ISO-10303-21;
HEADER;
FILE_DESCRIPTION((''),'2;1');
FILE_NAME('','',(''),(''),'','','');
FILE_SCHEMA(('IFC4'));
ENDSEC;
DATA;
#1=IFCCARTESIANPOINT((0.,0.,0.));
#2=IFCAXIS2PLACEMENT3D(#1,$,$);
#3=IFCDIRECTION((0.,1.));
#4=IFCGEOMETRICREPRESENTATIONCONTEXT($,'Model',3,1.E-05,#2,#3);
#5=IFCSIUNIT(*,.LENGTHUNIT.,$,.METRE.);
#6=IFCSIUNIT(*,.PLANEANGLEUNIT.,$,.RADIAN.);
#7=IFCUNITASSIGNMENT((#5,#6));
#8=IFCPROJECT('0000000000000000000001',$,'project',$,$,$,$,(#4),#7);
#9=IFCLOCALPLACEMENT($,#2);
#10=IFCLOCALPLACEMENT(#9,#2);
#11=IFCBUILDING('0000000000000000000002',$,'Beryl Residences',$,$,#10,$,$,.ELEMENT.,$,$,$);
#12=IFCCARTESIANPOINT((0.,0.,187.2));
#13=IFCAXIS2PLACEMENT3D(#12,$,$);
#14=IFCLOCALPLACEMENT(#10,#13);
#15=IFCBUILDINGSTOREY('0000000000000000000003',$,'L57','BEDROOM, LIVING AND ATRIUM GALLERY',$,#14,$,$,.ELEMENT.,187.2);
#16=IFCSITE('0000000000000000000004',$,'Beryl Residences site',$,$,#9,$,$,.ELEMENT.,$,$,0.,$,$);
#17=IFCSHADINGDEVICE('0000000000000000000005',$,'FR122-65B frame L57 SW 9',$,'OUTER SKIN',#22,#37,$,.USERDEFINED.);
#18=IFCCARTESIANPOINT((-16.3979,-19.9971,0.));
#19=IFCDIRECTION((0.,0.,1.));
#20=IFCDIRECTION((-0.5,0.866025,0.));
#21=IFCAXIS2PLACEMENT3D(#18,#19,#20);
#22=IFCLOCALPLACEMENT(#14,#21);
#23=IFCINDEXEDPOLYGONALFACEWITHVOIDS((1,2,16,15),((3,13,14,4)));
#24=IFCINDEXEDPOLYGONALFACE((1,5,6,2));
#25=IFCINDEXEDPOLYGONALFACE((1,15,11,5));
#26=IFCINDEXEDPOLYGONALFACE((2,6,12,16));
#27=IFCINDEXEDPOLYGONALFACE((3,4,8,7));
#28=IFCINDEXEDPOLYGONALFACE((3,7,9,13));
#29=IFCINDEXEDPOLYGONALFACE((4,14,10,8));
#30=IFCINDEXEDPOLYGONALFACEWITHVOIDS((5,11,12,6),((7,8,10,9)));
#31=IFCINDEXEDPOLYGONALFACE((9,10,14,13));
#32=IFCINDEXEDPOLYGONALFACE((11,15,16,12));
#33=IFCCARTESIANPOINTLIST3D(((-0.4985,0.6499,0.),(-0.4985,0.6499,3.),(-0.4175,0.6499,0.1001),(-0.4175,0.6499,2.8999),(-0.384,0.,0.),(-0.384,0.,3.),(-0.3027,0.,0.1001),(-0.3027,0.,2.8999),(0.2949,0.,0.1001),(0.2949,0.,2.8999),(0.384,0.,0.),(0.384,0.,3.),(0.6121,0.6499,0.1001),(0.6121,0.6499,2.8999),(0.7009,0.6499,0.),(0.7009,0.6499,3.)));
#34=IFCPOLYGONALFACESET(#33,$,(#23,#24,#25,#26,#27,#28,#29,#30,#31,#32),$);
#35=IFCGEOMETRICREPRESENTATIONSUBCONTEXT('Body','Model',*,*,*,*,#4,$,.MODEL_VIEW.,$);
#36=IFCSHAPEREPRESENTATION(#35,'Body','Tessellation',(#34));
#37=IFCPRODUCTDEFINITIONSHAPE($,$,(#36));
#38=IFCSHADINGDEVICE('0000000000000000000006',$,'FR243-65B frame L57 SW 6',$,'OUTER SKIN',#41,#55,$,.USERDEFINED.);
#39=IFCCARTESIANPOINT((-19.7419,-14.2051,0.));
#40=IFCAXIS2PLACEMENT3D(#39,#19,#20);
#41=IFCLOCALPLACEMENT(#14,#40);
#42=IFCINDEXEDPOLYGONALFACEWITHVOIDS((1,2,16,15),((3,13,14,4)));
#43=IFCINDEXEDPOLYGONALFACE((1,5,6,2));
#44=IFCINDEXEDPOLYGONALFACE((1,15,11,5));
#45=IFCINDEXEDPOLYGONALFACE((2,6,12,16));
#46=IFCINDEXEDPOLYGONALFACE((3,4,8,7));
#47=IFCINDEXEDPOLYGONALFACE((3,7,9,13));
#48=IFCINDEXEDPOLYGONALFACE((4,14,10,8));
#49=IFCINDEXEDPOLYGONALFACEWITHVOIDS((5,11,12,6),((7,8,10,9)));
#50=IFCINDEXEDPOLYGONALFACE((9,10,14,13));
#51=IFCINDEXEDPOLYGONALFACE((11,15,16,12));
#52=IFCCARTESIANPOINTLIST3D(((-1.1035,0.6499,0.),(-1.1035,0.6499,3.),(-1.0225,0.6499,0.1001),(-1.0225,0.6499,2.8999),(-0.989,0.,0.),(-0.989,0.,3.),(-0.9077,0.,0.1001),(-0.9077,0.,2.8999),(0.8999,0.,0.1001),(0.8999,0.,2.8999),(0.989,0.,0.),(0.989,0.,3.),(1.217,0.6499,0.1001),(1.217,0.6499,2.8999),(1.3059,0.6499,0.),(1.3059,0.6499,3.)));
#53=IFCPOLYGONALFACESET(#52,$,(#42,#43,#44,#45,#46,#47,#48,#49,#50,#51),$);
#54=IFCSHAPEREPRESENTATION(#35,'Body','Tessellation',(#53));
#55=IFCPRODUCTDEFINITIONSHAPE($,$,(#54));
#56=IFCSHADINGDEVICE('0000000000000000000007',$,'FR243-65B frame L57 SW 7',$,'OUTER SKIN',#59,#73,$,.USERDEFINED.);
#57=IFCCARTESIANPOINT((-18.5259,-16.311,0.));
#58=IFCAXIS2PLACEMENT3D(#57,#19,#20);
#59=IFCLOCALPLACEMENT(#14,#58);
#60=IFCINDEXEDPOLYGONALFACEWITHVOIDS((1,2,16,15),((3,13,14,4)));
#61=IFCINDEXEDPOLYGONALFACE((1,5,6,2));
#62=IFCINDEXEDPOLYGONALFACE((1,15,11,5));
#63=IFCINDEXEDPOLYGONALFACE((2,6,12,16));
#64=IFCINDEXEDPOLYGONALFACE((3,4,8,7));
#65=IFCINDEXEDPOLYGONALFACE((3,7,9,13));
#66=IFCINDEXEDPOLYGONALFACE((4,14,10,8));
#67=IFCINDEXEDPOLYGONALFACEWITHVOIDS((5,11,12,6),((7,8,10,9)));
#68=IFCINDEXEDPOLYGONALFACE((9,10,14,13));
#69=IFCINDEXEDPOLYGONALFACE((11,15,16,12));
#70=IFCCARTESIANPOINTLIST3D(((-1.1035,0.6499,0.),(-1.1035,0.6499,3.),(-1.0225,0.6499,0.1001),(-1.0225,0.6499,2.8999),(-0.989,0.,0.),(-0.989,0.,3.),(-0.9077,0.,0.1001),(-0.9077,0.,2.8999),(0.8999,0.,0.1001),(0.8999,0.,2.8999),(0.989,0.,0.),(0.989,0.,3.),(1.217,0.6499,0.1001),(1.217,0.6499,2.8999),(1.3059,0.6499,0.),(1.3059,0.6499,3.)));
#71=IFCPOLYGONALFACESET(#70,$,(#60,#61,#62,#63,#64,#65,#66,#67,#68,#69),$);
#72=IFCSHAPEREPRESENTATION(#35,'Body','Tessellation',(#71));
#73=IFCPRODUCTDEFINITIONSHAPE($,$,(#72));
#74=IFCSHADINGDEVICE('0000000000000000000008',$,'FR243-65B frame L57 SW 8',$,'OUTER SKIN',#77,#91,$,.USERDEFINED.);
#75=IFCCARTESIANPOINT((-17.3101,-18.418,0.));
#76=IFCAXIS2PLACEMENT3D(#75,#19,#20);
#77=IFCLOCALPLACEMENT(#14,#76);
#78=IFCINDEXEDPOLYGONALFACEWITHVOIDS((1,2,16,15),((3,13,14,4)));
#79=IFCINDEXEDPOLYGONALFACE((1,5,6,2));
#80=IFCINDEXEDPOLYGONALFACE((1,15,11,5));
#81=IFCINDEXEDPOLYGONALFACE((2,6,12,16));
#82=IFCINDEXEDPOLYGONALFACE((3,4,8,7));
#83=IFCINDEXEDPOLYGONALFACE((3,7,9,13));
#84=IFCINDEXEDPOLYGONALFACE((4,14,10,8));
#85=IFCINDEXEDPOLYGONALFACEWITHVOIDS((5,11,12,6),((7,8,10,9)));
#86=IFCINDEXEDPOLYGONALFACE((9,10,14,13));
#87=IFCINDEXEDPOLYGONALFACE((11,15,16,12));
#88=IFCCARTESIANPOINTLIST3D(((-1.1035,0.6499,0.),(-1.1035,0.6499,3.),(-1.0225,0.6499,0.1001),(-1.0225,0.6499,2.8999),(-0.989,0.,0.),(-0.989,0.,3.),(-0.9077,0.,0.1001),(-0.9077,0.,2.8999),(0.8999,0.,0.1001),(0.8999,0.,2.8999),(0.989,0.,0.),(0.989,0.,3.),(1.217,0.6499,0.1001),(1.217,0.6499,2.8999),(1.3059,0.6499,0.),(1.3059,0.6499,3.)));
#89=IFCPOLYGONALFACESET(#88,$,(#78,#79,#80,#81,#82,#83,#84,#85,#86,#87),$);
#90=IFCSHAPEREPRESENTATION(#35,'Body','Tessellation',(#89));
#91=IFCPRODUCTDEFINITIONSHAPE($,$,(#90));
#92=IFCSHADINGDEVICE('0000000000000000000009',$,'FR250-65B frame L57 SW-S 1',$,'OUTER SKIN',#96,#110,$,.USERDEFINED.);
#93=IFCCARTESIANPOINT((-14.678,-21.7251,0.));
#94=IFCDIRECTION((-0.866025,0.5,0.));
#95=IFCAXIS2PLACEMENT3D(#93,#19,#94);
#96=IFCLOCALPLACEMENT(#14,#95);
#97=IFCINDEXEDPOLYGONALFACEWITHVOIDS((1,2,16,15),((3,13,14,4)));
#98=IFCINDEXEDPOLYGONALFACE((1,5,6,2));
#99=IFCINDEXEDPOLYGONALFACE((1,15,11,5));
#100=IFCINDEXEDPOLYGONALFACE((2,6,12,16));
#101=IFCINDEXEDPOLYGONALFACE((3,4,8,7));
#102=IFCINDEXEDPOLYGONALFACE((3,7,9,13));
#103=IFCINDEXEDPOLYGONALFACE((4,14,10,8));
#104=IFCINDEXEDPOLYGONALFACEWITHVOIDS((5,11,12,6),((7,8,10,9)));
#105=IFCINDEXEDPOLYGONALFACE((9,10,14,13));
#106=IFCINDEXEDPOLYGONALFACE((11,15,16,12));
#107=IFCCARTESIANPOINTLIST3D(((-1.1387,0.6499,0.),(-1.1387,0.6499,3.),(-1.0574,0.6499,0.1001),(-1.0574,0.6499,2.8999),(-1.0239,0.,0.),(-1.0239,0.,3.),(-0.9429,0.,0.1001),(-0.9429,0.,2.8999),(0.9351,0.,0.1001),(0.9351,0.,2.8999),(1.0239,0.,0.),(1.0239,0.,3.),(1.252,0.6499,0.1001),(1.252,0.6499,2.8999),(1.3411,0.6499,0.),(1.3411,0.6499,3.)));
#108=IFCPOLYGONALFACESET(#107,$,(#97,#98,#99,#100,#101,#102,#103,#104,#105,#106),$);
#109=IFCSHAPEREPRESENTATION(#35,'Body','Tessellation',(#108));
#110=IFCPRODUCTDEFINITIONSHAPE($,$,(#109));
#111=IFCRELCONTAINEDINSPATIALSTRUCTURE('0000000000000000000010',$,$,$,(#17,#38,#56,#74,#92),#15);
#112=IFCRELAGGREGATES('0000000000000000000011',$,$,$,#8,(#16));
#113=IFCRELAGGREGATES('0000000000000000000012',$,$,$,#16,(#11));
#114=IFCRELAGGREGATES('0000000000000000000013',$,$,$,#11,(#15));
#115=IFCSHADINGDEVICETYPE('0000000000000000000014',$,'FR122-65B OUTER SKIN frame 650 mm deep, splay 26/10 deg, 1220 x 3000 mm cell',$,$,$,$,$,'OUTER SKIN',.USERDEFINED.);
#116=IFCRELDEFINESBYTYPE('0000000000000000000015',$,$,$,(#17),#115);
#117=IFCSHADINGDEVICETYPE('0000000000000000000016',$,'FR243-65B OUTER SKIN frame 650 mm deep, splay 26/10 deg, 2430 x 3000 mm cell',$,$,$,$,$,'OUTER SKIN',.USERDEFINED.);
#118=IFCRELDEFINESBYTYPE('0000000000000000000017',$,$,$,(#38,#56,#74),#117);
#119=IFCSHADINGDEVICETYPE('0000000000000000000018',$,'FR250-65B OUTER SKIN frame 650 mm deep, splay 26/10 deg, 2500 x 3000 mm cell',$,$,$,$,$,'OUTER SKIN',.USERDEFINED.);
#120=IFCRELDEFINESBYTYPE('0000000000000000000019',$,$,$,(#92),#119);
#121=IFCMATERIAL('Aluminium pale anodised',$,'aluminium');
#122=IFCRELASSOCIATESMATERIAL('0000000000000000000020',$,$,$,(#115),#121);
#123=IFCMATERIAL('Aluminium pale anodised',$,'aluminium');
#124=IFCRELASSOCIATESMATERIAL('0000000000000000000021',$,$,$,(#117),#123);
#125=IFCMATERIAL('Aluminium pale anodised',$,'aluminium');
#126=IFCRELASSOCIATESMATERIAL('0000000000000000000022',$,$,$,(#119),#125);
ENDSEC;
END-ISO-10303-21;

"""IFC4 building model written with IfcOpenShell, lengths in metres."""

from ifc_helpers import new_model, entity, si_unit, direction, frame, origin, place, context, subcontext, project, spatial, source, transform, mapped, material, type_object, type_shapes, element, save


model = new_model("IFC4")

# Units and contexts
model_context = context("Model", 3, precision=1e-05, world=origin(), true_north=direction((0.0, 1.0)))
body_context = subcontext(model_context, "Body", "Model", "MODEL_VIEW")
ifc_project = project(units=[si_unit("LENGTHUNIT", "METRE"), si_unit("PLANEANGLEUNIT", "RADIAN")], contexts=[model_context])

# Site, building, storey
site_placement = place(None, origin())
site = spatial("IfcSite", under=ifc_project, at=site_placement, Name="Beryl Residences site", CompositionType="ELEMENT", RefElevation=0.0)
building_placement = place(site_placement, origin())
building = spatial("IfcBuilding", under=site, at=building_placement, Name="Beryl Residences", CompositionType="ELEMENT")
storey_placement = place(building_placement, frame((0.0, 0.0, 187.2)))
storey = spatial("IfcBuildingStorey", under=building, at=storey_placement, Name="L57", Description="BEDROOM, LIVING AND ATRIUM GALLERY", CompositionType="ELEMENT", Elevation=187.2)

# Shading devices
ifc_material_1 = material(Name="Aluminium pale anodised", Category="aluminium")
shading_device_type_1 = type_object("IfcShadingDeviceType", Name="FR122-65B OUTER SKIN frame 650 mm deep, splay 26/10 deg, 1220 x 3000 mm cell", ElementType="OUTER SKIN", PredefinedType="USERDEFINED", material=ifc_material_1)
cartesian_point_1 = entity("IfcCartesianPoint", [-0.384, 0.0])
cartesian_point_2 = entity("IfcCartesianPoint", [-0.2949, 0.1001])
cartesian_point_3 = entity("IfcCartesianPoint", [-0.7009, 0.0])
cartesian_point_4 = entity("IfcCartesianPoint", [-0.6121, 0.1001])
shared_shape_1 = source(origin(), body_context, "Body", "SweptSolid", [
    entity("IfcExtrudedAreaSolidTapered", entity("IfcArbitraryProfileDefWithVoids", "AREA", None, entity("IfcPolyline", [cartesian_point_1, entity("IfcCartesianPoint", [0.384, 0.0]), entity("IfcCartesianPoint", [0.384, 3.0]), entity("IfcCartesianPoint", [-0.384, 3.0]), cartesian_point_1]), [entity("IfcPolyline", [cartesian_point_2, entity("IfcCartesianPoint", [0.3027, 0.1001]), entity("IfcCartesianPoint", [0.3027, 2.8999]), entity("IfcCartesianPoint", [-0.2949, 2.8999]), cartesian_point_2])]), entity("IfcAxis2Placement3D", entity("IfcCartesianPoint", [0.0, 0.0, 0.0]), entity("IfcDirection", [0.0, 1.0, 0.0]), entity("IfcDirection", [-1.0, 0.0, 0.0])), entity("IfcDirection", [0.0, 0.0, 1.0]), 0.6499, entity("IfcArbitraryProfileDefWithVoids", "AREA", None, entity("IfcPolyline", [cartesian_point_3, entity("IfcCartesianPoint", [0.4985, 0.0]), entity("IfcCartesianPoint", [0.4985, 3.0]), entity("IfcCartesianPoint", [-0.7009, 3.0]), cartesian_point_3]), [entity("IfcPolyline", [cartesian_point_4, entity("IfcCartesianPoint", [0.4175, 0.1001]), entity("IfcCartesianPoint", [0.4175, 2.8999]), entity("IfcCartesianPoint", [-0.6121, 2.8999]), cartesian_point_4])])),
])
type_shapes(shading_device_type_1, [shared_shape_1])
shading_device_1_placement = place(storey_placement, frame((-16.3979, -19.9971, 0.0), z_axis=(0.0, 0.0, 1.0), x_axis=(-0.5, 0.866025, 0.0)))
element("IfcShadingDevice", 1, at=shading_device_1_placement, inside=storey, type_object=shading_device_type_1, Name="FR122-65B frame L57 SW 9", ObjectType="OUTER SKIN", PredefinedType="USERDEFINED", context=body_context, shape_type="MappedRepresentation", body=[
    mapped(shared_shape_1, transform((0.0, 0.0, 0.0))),
])
ifc_material_2 = material(Name="Aluminium pale anodised", Category="aluminium")
shading_device_type_2 = type_object("IfcShadingDeviceType", Name="FR243-65B OUTER SKIN frame 650 mm deep, splay 26/10 deg, 2430 x 3000 mm cell", ElementType="OUTER SKIN", PredefinedType="USERDEFINED", material=ifc_material_2)
cartesian_point_5 = entity("IfcCartesianPoint", [-0.989, 0.0])
cartesian_point_6 = entity("IfcCartesianPoint", [-0.8999, 0.1001])
cartesian_point_7 = entity("IfcCartesianPoint", [-1.3059, 0.0])
cartesian_point_8 = entity("IfcCartesianPoint", [-1.217, 0.1001])
shared_shape_2 = source(origin(), body_context, "Body", "SweptSolid", [
    entity("IfcExtrudedAreaSolidTapered", entity("IfcArbitraryProfileDefWithVoids", "AREA", None, entity("IfcPolyline", [cartesian_point_5, entity("IfcCartesianPoint", [0.989, 0.0]), entity("IfcCartesianPoint", [0.989, 3.0]), entity("IfcCartesianPoint", [-0.989, 3.0]), cartesian_point_5]), [entity("IfcPolyline", [cartesian_point_6, entity("IfcCartesianPoint", [0.9077, 0.1001]), entity("IfcCartesianPoint", [0.9077, 2.8999]), entity("IfcCartesianPoint", [-0.8999, 2.8999]), cartesian_point_6])]), entity("IfcAxis2Placement3D", entity("IfcCartesianPoint", [0.0, 0.0, 0.0]), entity("IfcDirection", [0.0, 1.0, 0.0]), entity("IfcDirection", [-1.0, 0.0, 0.0])), entity("IfcDirection", [0.0, 0.0, 1.0]), 0.6499, entity("IfcArbitraryProfileDefWithVoids", "AREA", None, entity("IfcPolyline", [cartesian_point_7, entity("IfcCartesianPoint", [1.1035, 0.0]), entity("IfcCartesianPoint", [1.1035, 3.0]), entity("IfcCartesianPoint", [-1.3059, 3.0]), cartesian_point_7]), [entity("IfcPolyline", [cartesian_point_8, entity("IfcCartesianPoint", [1.0225, 0.1001]), entity("IfcCartesianPoint", [1.0225, 2.8999]), entity("IfcCartesianPoint", [-1.217, 2.8999]), cartesian_point_8])])),
])
type_shapes(shading_device_type_2, [shared_shape_2])
for number, where, z_axis, x_axis, name in (
    (2, (-19.7419, -14.2051, 0.0), (0.0, 0.0, 1.0), (-0.5, 0.866025, 0.0), "FR243-65B frame L57 SW 6"),
    (3, (-18.5259, -16.311, 0.0), (0.0, 0.0, 1.0), (-0.5, 0.866025, 0.0), "FR243-65B frame L57 SW 7"),
    (4, (-17.3101, -18.418, 0.0), (0.0, 0.0, 1.0), (-0.5, 0.866025, 0.0), "FR243-65B frame L57 SW 8"),
):
    element("IfcShadingDevice", number, at=place(storey_placement, frame(where, z_axis=z_axis, x_axis=x_axis)), inside=storey, type_object=shading_device_type_2, Name=name, ObjectType="OUTER SKIN", PredefinedType="USERDEFINED", context=body_context, shape_type="MappedRepresentation", body=[
        mapped(shared_shape_2, transform((0.0, 0.0, 0.0))),
    ])
ifc_material_3 = material(Name="Aluminium pale anodised", Category="aluminium")
shading_device_type_3 = type_object("IfcShadingDeviceType", Name="FR250-65B OUTER SKIN frame 650 mm deep, splay 26/10 deg, 2500 x 3000 mm cell", ElementType="OUTER SKIN", PredefinedType="USERDEFINED", material=ifc_material_3)
cartesian_point_9 = entity("IfcCartesianPoint", [-1.0239, 0.0])
cartesian_point_10 = entity("IfcCartesianPoint", [-0.9351, 0.1001])
cartesian_point_11 = entity("IfcCartesianPoint", [-1.3411, 0.0])
cartesian_point_12 = entity("IfcCartesianPoint", [-1.252, 0.1001])
shared_shape_3 = source(origin(), body_context, "Body", "SweptSolid", [
    entity("IfcExtrudedAreaSolidTapered", entity("IfcArbitraryProfileDefWithVoids", "AREA", None, entity("IfcPolyline", [cartesian_point_9, entity("IfcCartesianPoint", [1.0239, 0.0]), entity("IfcCartesianPoint", [1.0239, 3.0]), entity("IfcCartesianPoint", [-1.0239, 3.0]), cartesian_point_9]), [entity("IfcPolyline", [cartesian_point_10, entity("IfcCartesianPoint", [0.9429, 0.1001]), entity("IfcCartesianPoint", [0.9429, 2.8999]), entity("IfcCartesianPoint", [-0.9351, 2.8999]), cartesian_point_10])]), entity("IfcAxis2Placement3D", entity("IfcCartesianPoint", [0.0, 0.0, 0.0]), entity("IfcDirection", [0.0, 1.0, 0.0]), entity("IfcDirection", [-1.0, 0.0, 0.0])), entity("IfcDirection", [0.0, 0.0, 1.0]), 0.6499, entity("IfcArbitraryProfileDefWithVoids", "AREA", None, entity("IfcPolyline", [cartesian_point_11, entity("IfcCartesianPoint", [1.1387, 0.0]), entity("IfcCartesianPoint", [1.1387, 3.0]), entity("IfcCartesianPoint", [-1.3411, 3.0]), cartesian_point_11]), [entity("IfcPolyline", [cartesian_point_12, entity("IfcCartesianPoint", [1.0574, 0.1001]), entity("IfcCartesianPoint", [1.0574, 2.8999]), entity("IfcCartesianPoint", [-1.252, 2.8999]), cartesian_point_12])])),
])
type_shapes(shading_device_type_3, [shared_shape_3])
shading_device_2_placement = place(storey_placement, frame((-14.678, -21.7251, 0.0), z_axis=(0.0, 0.0, 1.0), x_axis=(-0.866025, 0.5, 0.0)))
element("IfcShadingDevice", 5, at=shading_device_2_placement, inside=storey, type_object=shading_device_type_3, Name="FR250-65B frame L57 SW-S 1", ObjectType="OUTER SKIN", PredefinedType="USERDEFINED", context=body_context, shape_type="MappedRepresentation", body=[
    mapped(shared_shape_3, transform((0.0, 0.0, 0.0))),
])

save(model, "model.ifc")
